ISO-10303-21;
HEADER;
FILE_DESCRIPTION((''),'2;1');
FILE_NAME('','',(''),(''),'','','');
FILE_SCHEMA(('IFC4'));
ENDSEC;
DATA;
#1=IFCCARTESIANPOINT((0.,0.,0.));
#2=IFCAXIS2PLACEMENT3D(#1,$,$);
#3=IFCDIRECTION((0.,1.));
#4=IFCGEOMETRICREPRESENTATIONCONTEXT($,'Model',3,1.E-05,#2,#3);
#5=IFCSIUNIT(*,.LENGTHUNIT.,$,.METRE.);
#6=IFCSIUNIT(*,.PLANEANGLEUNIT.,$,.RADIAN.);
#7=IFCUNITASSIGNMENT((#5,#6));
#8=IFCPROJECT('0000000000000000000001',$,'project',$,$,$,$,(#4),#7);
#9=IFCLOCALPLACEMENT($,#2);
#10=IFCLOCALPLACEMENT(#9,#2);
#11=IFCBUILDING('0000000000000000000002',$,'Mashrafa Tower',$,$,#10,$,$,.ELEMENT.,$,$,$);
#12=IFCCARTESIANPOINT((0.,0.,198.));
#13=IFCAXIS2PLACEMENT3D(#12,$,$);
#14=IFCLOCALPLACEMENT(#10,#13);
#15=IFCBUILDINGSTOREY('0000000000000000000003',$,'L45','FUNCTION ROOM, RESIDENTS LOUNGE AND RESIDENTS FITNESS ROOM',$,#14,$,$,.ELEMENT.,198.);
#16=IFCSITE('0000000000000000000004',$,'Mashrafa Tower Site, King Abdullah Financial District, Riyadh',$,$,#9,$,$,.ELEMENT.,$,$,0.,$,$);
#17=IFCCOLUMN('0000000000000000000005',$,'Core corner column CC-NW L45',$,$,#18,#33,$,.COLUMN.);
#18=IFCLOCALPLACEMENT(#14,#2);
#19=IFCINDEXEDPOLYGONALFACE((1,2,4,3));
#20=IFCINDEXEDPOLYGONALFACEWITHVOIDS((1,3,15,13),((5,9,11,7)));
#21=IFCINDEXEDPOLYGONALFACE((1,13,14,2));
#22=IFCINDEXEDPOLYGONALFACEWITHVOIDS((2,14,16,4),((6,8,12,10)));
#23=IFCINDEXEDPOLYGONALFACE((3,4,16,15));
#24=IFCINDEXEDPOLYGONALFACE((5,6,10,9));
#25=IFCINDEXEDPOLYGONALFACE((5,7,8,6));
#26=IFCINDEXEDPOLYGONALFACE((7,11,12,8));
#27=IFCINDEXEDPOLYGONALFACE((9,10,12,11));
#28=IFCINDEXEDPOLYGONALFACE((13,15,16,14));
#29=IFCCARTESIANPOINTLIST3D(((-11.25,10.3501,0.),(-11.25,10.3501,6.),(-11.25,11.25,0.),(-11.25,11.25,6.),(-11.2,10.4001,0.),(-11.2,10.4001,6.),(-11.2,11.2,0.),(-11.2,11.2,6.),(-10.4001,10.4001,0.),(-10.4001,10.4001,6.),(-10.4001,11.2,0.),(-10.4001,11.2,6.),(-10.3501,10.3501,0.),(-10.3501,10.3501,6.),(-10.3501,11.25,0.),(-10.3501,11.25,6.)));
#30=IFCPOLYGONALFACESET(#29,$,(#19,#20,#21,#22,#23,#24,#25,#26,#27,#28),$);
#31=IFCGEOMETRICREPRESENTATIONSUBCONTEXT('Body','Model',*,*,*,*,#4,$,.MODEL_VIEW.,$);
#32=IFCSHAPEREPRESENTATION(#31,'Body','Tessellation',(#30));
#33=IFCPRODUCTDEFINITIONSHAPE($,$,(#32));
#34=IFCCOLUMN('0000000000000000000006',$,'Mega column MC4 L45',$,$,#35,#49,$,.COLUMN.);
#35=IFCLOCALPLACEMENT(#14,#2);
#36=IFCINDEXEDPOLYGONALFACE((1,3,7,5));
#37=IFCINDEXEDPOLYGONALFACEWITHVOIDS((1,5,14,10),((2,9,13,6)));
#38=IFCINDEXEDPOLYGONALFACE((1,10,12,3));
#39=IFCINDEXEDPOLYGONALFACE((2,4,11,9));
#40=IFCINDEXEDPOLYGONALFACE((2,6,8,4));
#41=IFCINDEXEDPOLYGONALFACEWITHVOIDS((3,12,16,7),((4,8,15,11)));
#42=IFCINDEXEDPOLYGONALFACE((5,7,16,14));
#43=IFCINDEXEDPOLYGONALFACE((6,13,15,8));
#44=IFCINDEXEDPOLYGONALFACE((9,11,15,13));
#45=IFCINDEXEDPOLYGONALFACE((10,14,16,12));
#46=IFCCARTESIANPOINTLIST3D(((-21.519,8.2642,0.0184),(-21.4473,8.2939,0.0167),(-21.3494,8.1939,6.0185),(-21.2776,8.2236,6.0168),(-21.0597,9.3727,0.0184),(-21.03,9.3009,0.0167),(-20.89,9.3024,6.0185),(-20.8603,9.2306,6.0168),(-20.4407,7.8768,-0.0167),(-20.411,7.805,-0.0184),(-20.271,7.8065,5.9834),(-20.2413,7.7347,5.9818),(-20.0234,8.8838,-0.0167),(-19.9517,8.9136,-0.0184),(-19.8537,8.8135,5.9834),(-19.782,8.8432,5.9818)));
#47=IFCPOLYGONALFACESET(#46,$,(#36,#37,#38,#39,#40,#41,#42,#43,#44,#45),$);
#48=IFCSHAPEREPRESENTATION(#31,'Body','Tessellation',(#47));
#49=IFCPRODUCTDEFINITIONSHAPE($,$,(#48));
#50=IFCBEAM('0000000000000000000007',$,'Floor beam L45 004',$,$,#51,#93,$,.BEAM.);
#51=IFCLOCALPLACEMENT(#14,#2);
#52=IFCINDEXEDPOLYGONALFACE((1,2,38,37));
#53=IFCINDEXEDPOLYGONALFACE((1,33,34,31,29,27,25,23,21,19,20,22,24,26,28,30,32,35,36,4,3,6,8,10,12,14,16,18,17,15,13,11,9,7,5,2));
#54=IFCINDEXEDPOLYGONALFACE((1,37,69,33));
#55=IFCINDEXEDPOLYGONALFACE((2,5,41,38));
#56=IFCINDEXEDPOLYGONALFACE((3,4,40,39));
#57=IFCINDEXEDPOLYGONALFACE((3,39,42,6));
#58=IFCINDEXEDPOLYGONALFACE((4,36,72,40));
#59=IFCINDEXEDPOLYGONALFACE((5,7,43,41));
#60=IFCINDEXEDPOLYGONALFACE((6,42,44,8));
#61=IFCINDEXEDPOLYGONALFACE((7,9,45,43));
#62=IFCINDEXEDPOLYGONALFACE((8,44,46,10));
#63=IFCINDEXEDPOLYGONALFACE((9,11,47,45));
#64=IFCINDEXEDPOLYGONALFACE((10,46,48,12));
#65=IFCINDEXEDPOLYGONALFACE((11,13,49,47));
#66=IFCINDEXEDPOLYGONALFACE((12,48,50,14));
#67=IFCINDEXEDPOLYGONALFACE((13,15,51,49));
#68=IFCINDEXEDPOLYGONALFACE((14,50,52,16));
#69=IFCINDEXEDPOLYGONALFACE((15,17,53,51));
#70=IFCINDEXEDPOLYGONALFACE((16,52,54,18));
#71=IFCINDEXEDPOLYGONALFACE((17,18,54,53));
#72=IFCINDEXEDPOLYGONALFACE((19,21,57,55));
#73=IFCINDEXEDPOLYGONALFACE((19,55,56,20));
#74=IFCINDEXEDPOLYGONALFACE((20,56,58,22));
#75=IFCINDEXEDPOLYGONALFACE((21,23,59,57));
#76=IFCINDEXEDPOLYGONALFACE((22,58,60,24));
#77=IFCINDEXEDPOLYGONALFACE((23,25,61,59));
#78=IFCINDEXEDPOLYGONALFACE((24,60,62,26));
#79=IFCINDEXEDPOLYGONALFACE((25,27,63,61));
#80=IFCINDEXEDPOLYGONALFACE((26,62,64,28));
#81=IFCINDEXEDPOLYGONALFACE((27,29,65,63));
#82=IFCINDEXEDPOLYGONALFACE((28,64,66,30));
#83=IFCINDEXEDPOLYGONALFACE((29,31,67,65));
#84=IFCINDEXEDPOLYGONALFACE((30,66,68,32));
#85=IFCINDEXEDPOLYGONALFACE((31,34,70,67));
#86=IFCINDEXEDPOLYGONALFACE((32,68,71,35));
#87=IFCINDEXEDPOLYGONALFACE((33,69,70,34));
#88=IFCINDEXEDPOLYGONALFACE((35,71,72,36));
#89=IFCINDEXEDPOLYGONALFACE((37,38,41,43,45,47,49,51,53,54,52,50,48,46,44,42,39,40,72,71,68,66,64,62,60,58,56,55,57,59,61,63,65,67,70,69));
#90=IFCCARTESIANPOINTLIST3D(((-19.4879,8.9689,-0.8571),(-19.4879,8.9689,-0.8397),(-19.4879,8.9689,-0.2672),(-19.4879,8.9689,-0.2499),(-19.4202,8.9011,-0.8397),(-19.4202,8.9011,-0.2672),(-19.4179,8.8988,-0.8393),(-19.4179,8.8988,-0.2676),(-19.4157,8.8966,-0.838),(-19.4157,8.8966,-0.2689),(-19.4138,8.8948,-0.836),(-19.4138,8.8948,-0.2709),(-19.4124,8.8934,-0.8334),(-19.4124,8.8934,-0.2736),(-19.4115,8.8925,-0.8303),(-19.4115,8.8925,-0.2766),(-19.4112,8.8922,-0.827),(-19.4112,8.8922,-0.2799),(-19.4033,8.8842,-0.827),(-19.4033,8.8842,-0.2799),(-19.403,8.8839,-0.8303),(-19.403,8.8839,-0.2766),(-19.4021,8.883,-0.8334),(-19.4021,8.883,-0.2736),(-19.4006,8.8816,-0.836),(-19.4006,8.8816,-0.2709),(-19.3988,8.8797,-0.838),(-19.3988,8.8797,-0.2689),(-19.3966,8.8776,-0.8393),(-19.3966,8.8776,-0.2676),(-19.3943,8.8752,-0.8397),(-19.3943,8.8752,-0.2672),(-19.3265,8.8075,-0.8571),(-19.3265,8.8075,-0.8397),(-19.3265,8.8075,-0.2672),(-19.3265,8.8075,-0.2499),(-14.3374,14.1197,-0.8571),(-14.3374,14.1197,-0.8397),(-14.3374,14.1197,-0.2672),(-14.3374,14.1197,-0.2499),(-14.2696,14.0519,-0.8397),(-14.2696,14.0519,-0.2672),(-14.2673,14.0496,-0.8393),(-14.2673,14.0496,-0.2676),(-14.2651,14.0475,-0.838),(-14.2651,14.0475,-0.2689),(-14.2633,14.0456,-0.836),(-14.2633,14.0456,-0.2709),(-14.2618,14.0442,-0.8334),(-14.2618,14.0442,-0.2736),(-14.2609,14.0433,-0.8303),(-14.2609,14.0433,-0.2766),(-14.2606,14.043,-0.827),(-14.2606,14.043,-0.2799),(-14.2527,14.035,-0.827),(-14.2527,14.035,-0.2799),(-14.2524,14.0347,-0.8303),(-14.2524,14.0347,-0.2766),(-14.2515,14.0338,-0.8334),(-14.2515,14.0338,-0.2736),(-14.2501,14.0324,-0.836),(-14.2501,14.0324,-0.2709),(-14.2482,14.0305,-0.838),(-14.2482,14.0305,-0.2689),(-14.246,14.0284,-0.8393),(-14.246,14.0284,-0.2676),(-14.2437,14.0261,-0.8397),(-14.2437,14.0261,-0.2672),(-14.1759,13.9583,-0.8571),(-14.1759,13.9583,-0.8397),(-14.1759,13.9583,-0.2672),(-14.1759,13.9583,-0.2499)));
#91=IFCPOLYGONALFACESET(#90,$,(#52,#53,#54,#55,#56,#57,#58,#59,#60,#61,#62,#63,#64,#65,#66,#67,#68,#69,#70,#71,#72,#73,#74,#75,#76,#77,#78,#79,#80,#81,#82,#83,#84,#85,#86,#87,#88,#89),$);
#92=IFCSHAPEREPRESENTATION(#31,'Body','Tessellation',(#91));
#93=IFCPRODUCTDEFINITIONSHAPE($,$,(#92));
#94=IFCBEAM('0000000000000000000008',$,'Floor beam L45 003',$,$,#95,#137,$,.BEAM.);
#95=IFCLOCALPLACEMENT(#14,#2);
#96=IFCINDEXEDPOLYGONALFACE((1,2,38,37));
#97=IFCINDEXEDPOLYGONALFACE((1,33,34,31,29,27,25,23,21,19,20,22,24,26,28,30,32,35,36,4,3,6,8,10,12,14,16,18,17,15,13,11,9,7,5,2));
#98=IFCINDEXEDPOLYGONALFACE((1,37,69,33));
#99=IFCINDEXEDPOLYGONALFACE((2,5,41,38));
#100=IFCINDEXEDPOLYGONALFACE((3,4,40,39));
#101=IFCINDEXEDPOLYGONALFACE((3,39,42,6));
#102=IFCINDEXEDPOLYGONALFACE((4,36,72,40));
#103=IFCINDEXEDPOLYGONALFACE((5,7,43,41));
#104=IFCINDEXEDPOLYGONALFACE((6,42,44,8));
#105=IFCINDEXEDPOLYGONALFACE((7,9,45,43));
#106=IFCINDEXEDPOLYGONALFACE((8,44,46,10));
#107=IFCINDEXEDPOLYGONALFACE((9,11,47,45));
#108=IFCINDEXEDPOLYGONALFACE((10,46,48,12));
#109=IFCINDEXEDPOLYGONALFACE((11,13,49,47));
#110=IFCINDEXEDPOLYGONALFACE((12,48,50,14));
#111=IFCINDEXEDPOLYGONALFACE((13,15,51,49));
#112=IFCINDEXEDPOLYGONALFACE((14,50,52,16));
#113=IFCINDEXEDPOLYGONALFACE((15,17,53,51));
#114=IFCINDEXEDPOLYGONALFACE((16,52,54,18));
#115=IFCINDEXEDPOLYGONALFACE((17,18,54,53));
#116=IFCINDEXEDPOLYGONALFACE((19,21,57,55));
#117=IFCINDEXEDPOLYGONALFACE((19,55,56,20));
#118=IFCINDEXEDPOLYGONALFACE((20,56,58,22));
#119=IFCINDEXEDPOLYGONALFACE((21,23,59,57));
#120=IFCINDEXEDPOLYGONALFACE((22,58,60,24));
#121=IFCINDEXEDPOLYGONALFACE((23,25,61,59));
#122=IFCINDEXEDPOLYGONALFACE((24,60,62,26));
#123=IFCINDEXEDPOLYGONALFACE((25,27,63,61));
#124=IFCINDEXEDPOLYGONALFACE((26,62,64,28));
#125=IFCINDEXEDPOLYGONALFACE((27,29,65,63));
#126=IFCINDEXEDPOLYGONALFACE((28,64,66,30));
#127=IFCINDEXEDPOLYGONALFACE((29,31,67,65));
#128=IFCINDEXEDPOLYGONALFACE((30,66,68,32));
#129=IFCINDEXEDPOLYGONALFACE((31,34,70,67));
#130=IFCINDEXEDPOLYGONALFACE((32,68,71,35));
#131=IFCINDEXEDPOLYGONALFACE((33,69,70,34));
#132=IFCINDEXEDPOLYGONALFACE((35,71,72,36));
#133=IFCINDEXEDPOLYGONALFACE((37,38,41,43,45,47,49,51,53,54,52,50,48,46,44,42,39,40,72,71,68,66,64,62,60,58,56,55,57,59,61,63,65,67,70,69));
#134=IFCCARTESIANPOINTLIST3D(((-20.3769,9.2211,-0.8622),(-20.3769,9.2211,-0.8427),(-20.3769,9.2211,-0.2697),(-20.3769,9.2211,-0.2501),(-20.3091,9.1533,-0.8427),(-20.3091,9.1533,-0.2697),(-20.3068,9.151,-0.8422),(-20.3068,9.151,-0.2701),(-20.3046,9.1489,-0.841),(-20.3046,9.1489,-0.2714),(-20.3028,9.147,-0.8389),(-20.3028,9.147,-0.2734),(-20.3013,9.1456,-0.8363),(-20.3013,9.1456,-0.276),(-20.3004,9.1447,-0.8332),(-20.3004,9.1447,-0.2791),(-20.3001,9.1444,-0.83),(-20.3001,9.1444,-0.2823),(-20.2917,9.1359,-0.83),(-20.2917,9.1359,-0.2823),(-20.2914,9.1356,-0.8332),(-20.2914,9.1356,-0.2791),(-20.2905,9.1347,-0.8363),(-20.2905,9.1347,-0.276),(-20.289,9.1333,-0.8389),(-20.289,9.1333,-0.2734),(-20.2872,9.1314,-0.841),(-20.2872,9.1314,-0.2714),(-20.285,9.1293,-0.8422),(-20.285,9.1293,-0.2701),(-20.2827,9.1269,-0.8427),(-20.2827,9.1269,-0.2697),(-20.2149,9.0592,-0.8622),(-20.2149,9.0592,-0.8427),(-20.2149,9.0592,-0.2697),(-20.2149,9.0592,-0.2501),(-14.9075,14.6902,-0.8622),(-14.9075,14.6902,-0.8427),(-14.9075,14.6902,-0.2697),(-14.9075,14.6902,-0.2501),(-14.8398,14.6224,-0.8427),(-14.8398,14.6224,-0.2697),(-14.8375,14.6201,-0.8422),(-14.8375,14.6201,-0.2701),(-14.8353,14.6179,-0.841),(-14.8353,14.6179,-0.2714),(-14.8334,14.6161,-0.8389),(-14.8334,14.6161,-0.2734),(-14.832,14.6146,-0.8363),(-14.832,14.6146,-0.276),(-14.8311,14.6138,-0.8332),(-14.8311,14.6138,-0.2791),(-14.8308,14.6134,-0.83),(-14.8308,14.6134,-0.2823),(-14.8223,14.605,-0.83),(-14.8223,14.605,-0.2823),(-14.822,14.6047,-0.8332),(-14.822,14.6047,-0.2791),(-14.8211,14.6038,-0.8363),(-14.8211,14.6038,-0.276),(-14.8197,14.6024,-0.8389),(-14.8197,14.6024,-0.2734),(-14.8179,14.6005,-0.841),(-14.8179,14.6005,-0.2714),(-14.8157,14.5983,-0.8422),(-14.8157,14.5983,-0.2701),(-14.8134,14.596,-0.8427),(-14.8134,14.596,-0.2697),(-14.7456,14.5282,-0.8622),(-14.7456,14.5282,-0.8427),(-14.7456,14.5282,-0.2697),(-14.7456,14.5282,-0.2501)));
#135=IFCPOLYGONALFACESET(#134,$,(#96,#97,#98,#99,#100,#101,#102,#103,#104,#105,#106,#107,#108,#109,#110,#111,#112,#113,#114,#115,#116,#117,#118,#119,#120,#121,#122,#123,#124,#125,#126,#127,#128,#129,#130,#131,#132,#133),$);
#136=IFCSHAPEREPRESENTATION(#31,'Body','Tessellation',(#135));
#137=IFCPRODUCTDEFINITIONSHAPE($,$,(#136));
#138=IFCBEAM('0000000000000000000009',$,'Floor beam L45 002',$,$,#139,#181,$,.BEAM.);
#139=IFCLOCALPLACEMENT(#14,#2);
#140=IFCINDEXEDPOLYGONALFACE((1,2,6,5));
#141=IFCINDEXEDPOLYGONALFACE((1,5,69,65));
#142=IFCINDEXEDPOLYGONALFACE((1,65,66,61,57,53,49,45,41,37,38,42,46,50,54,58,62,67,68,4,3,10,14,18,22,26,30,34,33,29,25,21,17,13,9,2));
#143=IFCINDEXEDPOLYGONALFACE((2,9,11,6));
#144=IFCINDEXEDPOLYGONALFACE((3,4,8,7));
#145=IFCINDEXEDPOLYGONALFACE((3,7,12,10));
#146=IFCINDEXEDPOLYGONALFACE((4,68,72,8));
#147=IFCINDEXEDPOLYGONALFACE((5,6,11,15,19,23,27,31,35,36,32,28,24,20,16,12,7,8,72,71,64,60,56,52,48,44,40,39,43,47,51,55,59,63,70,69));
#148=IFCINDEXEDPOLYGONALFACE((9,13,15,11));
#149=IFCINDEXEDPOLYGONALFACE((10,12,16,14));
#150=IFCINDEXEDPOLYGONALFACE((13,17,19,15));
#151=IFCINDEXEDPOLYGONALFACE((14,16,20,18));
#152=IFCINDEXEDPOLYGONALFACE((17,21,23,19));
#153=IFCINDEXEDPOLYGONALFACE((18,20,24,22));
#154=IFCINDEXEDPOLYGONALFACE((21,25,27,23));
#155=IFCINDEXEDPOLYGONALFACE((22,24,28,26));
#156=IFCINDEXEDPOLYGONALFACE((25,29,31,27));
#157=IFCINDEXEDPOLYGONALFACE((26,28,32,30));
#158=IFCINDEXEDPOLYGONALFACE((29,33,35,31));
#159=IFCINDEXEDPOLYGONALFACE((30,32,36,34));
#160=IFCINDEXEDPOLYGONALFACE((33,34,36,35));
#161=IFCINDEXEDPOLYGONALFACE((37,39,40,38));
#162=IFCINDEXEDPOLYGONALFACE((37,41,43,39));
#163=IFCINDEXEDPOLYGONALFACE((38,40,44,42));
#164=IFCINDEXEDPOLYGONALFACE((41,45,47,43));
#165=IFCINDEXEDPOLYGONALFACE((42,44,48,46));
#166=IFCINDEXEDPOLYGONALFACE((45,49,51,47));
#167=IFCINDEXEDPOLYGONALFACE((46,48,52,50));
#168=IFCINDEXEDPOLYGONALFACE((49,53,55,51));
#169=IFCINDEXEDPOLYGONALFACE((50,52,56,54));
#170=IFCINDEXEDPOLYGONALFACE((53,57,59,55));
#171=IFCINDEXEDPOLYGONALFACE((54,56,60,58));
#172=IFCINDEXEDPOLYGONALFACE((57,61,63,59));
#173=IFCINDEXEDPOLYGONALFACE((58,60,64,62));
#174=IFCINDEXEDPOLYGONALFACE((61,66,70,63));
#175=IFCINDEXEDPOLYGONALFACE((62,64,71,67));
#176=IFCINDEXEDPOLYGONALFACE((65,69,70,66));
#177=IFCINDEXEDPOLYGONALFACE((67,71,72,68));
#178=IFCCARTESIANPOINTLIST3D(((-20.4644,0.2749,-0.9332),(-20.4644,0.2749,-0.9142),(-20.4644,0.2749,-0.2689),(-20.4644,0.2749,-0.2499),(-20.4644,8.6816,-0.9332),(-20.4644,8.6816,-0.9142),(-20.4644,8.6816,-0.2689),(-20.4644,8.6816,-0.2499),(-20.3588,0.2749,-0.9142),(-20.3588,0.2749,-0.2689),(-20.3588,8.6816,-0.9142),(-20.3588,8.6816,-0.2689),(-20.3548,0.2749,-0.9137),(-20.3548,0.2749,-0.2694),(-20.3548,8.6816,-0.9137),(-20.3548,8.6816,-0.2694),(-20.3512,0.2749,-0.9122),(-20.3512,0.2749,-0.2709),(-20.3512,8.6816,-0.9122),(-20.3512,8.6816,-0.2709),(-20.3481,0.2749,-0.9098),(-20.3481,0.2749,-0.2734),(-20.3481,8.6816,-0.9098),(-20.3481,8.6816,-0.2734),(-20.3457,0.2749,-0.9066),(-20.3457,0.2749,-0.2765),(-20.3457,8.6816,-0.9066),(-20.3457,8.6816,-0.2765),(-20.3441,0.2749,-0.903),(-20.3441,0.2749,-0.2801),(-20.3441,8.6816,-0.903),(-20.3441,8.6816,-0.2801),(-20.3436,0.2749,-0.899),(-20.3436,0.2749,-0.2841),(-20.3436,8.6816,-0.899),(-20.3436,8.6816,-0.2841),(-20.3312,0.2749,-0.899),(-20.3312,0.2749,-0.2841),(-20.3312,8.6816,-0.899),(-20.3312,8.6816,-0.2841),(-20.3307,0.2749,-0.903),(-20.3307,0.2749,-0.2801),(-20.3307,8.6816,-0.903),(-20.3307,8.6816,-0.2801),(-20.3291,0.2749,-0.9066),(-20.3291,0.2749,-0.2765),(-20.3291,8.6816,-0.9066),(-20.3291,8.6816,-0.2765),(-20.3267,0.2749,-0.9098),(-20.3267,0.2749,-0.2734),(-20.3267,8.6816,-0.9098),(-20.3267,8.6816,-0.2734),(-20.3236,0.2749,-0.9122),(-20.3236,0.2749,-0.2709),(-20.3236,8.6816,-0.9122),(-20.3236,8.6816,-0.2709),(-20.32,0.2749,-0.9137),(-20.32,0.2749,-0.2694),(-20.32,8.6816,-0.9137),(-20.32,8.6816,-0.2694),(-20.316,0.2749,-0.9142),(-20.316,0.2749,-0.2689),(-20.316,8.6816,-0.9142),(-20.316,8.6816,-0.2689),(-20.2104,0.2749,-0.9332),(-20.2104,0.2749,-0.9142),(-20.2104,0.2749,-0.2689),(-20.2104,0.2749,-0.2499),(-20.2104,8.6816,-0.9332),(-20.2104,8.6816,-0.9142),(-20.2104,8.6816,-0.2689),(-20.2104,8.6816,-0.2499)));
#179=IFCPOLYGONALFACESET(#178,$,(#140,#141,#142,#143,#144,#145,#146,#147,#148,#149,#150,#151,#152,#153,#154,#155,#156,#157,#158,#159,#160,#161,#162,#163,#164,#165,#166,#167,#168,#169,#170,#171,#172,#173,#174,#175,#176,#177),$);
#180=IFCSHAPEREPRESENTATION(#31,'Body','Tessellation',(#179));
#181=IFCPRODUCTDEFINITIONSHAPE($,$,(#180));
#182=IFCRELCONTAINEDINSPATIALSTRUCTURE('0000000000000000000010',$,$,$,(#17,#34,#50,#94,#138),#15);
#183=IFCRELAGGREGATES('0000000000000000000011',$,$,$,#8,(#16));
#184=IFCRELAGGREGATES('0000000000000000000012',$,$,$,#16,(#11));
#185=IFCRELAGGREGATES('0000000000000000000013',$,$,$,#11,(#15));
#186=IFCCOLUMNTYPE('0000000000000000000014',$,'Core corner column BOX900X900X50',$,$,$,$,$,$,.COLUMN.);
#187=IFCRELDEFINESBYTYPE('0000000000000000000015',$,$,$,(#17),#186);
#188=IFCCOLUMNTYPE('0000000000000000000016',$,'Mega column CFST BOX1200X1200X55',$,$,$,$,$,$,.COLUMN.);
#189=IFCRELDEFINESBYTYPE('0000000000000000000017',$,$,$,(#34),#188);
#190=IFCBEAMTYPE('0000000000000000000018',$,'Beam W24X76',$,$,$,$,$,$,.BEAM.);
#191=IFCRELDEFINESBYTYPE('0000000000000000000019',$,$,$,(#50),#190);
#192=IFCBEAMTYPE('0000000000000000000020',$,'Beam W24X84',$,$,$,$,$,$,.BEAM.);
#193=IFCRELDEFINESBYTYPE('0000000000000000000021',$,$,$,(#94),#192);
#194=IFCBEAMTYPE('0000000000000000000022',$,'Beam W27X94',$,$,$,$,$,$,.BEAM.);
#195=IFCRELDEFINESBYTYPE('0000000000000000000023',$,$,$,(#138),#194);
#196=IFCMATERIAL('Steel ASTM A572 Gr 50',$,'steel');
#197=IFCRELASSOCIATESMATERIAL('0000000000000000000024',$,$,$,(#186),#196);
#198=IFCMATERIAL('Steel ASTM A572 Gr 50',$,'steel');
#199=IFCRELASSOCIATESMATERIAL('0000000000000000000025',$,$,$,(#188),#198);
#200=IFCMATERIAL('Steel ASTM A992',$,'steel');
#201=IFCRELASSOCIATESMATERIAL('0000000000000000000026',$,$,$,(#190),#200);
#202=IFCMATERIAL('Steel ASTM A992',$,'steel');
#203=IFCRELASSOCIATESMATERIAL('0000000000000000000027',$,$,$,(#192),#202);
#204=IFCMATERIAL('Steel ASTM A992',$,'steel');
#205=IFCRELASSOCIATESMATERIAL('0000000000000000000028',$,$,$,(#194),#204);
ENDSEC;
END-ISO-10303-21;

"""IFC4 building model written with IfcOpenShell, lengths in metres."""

from ifc_helpers import new_model, si_unit, direction, frame, origin, origin_2d, place, context, subcontext, project, spatial, hollow_rectangle, i_section, extrude, material, material_profile, profile_set, type_object, element, save


model = new_model("IFC4")

# Units and contexts
model_context = context("Model", 3, precision=1e-05, world=origin(), true_north=direction((0.0, 1.0)))
body_context = subcontext(model_context, "Body", "Model", "MODEL_VIEW")
ifc_project = project(units=[si_unit("LENGTHUNIT", "METRE"), si_unit("PLANEANGLEUNIT", "RADIAN")], contexts=[model_context])

# Site, building, storey
site_placement = place(None, origin())
site = spatial("IfcSite", under=ifc_project, at=site_placement, Name="Mashrafa Tower Site, King Abdullah Financial District, Riyadh", CompositionType="ELEMENT", RefElevation=0.0)
building_placement = place(site_placement, origin())
building = spatial("IfcBuilding", under=site, at=building_placement, Name="Mashrafa Tower", CompositionType="ELEMENT")
storey_placement = place(building_placement, frame((0.0, 0.0, 198.0)))
storey = spatial("IfcBuildingStorey", under=building, at=storey_placement, Name="L45", Description="FUNCTION ROOM, RESIDENTS LOUNGE AND RESIDENTS FITNESS ROOM", CompositionType="ELEMENT", Elevation=198.0)

# Columns
ifc_material_1 = material(Name="Steel ASTM A572 Gr 50", Category="steel")
ifc_material_profile_1 = material_profile(ifc_material_1, hollow_rectangle(XDim=0.8999, YDim=0.8999, WallThickness=0.05, at=origin_2d()), Name="BOX900X900X50")
ifc_profile_set_1 = profile_set([ifc_material_profile_1], Name="Steel ASTM A572 Gr 50")
column_type_1 = type_object("IfcColumnType", Name="Core corner column BOX900X900X50", PredefinedType="COLUMN", material=ifc_profile_set_1)
column_1_placement = place(storey_placement, frame((-10.8, 10.8, 0.0), z_axis=(0.0, 0.0, 1.0), x_axis=(1.0, 0.0, 0.0)))
element("IfcColumn", 1, at=column_1_placement, inside=storey, type_object=column_type_1, Name="Core corner column CC-NW L45", PredefinedType="COLUMN", context=body_context, shape_type="SweptSolid", body=[
    extrude(hollow_rectangle(XDim=0.8999, YDim=0.8999, WallThickness=0.05, at=origin_2d()), origin(), (0.0, 0.0, 1.0), 6.0),
])
ifc_material_2 = material(Name="Steel ASTM A572 Gr 50", Category="steel")
ifc_material_profile_2 = material_profile(ifc_material_2, hollow_rectangle(XDim=1.2, YDim=1.2, WallThickness=0.0549, at=origin_2d()), Name="BOX1200X1200X55")
ifc_profile_set_2 = profile_set([ifc_material_profile_2], Name="Steel ASTM A572 Gr 50")
column_type_2 = type_object("IfcColumnType", Name="Mega column CFST BOX1200X1200X55", PredefinedType="COLUMN", material=ifc_profile_set_2)
column_2_placement = place(storey_placement, frame((-20.7354, 8.5889, 0.0), z_axis=(0.028266, -0.011713, 0.999532), x_axis=(0.382821, 0.923822, 0.0)))
element("IfcColumn", 2, at=column_2_placement, inside=storey, type_object=column_type_2, Name="Mega column MC4 L45", PredefinedType="COLUMN", context=body_context, shape_type="SweptSolid", body=[
    extrude(hollow_rectangle(XDim=1.2, YDim=1.2, WallThickness=0.0549, at=origin_2d()), origin(), (0.0, 0.0, 1.0), 6.0029),
])

# Beams
ifc_material_3 = material(Name="Steel ASTM A992", Category="steel")
ifc_material_profile_3 = material_profile(ifc_material_3, i_section(OverallWidth=0.2283, OverallDepth=0.6072, WebThickness=0.0112, FlangeThickness=0.0173, FilletRadius=0.0127, at=origin_2d()), Name="W24X76")
ifc_profile_set_3 = profile_set([ifc_material_profile_3], Name="Steel ASTM A992")
beam_type_1 = type_object("IfcBeamType", Name="Beam W24X76", PredefinedType="BEAM", material=ifc_profile_set_3)
beam_1_placement = place(storey_placement, frame((-19.4072, 8.8882, -0.5535), z_axis=(0.70709, 0.707124, 0.0), x_axis=(-0.707124, 0.70709, 0.0)))
element("IfcBeam", 3, at=beam_1_placement, inside=storey, type_object=beam_type_1, Name="Floor beam L45 004", PredefinedType="BEAM", context=body_context, shape_type="SweptSolid", body=[
    extrude(i_section(OverallWidth=0.2283, OverallDepth=0.6072, WebThickness=0.0112, FlangeThickness=0.0173, FilletRadius=0.0127, at=origin_2d()), origin(), (0.0, 0.0, 1.0), 7.2842),
])
ifc_material_4 = material(Name="Steel ASTM A992", Category="steel")
ifc_material_profile_4 = material_profile(ifc_material_4, i_section(OverallWidth=0.229, OverallDepth=0.6121, WebThickness=0.012, FlangeThickness=0.0195, FilletRadius=0.0127, at=origin_2d()), Name="W24X84")
ifc_profile_set_4 = profile_set([ifc_material_profile_4], Name="Steel ASTM A992")
beam_type_2 = type_object("IfcBeamType", Name="Beam W24X84", PredefinedType="BEAM", material=ifc_profile_set_4)
beam_2_placement = place(storey_placement, frame((-20.2959, 9.1401, -0.5562), z_axis=(0.707123, 0.707091, 0.0), x_axis=(-0.707091, 0.707123, 0.0)))
element("IfcBeam", 4, at=beam_2_placement, inside=storey, type_object=beam_type_2, Name="Floor beam L45 003", PredefinedType="BEAM", context=body_context, shape_type="SweptSolid", body=[
    extrude(i_section(OverallWidth=0.229, OverallDepth=0.6121, WebThickness=0.012, FlangeThickness=0.0195, FilletRadius=0.0127, at=origin_2d()), origin(), (0.0, 0.0, 1.0), 7.7346),
])
ifc_material_5 = material(Name="Steel ASTM A992", Category="steel")
ifc_material_profile_5 = material_profile(ifc_material_5, i_section(OverallWidth=0.2539, OverallDepth=0.6833, WebThickness=0.0125, FlangeThickness=0.019, FilletRadius=0.0151, at=origin_2d()), Name="W27X94")
ifc_profile_set_5 = profile_set([ifc_material_profile_5], Name="Steel ASTM A992")
beam_type_3 = type_object("IfcBeamType", Name="Beam W27X94", PredefinedType="BEAM", material=ifc_profile_set_5)
beam_3_placement = place(storey_placement, frame((-20.3374, 0.2749, -0.5916), z_axis=(0.0, 1.0, 0.0), x_axis=(-1.0, 0.0, 0.0)))
element("IfcBeam", 5, at=beam_3_placement, inside=storey, type_object=beam_type_3, Name="Floor beam L45 002", PredefinedType="BEAM", context=body_context, shape_type="SweptSolid", body=[
    extrude(i_section(OverallWidth=0.2539, OverallDepth=0.6833, WebThickness=0.0125, FlangeThickness=0.019, FilletRadius=0.0151, at=origin_2d()), origin(), (0.0, 0.0, 1.0), 8.4067),
])

save(model, "model.ifc")
